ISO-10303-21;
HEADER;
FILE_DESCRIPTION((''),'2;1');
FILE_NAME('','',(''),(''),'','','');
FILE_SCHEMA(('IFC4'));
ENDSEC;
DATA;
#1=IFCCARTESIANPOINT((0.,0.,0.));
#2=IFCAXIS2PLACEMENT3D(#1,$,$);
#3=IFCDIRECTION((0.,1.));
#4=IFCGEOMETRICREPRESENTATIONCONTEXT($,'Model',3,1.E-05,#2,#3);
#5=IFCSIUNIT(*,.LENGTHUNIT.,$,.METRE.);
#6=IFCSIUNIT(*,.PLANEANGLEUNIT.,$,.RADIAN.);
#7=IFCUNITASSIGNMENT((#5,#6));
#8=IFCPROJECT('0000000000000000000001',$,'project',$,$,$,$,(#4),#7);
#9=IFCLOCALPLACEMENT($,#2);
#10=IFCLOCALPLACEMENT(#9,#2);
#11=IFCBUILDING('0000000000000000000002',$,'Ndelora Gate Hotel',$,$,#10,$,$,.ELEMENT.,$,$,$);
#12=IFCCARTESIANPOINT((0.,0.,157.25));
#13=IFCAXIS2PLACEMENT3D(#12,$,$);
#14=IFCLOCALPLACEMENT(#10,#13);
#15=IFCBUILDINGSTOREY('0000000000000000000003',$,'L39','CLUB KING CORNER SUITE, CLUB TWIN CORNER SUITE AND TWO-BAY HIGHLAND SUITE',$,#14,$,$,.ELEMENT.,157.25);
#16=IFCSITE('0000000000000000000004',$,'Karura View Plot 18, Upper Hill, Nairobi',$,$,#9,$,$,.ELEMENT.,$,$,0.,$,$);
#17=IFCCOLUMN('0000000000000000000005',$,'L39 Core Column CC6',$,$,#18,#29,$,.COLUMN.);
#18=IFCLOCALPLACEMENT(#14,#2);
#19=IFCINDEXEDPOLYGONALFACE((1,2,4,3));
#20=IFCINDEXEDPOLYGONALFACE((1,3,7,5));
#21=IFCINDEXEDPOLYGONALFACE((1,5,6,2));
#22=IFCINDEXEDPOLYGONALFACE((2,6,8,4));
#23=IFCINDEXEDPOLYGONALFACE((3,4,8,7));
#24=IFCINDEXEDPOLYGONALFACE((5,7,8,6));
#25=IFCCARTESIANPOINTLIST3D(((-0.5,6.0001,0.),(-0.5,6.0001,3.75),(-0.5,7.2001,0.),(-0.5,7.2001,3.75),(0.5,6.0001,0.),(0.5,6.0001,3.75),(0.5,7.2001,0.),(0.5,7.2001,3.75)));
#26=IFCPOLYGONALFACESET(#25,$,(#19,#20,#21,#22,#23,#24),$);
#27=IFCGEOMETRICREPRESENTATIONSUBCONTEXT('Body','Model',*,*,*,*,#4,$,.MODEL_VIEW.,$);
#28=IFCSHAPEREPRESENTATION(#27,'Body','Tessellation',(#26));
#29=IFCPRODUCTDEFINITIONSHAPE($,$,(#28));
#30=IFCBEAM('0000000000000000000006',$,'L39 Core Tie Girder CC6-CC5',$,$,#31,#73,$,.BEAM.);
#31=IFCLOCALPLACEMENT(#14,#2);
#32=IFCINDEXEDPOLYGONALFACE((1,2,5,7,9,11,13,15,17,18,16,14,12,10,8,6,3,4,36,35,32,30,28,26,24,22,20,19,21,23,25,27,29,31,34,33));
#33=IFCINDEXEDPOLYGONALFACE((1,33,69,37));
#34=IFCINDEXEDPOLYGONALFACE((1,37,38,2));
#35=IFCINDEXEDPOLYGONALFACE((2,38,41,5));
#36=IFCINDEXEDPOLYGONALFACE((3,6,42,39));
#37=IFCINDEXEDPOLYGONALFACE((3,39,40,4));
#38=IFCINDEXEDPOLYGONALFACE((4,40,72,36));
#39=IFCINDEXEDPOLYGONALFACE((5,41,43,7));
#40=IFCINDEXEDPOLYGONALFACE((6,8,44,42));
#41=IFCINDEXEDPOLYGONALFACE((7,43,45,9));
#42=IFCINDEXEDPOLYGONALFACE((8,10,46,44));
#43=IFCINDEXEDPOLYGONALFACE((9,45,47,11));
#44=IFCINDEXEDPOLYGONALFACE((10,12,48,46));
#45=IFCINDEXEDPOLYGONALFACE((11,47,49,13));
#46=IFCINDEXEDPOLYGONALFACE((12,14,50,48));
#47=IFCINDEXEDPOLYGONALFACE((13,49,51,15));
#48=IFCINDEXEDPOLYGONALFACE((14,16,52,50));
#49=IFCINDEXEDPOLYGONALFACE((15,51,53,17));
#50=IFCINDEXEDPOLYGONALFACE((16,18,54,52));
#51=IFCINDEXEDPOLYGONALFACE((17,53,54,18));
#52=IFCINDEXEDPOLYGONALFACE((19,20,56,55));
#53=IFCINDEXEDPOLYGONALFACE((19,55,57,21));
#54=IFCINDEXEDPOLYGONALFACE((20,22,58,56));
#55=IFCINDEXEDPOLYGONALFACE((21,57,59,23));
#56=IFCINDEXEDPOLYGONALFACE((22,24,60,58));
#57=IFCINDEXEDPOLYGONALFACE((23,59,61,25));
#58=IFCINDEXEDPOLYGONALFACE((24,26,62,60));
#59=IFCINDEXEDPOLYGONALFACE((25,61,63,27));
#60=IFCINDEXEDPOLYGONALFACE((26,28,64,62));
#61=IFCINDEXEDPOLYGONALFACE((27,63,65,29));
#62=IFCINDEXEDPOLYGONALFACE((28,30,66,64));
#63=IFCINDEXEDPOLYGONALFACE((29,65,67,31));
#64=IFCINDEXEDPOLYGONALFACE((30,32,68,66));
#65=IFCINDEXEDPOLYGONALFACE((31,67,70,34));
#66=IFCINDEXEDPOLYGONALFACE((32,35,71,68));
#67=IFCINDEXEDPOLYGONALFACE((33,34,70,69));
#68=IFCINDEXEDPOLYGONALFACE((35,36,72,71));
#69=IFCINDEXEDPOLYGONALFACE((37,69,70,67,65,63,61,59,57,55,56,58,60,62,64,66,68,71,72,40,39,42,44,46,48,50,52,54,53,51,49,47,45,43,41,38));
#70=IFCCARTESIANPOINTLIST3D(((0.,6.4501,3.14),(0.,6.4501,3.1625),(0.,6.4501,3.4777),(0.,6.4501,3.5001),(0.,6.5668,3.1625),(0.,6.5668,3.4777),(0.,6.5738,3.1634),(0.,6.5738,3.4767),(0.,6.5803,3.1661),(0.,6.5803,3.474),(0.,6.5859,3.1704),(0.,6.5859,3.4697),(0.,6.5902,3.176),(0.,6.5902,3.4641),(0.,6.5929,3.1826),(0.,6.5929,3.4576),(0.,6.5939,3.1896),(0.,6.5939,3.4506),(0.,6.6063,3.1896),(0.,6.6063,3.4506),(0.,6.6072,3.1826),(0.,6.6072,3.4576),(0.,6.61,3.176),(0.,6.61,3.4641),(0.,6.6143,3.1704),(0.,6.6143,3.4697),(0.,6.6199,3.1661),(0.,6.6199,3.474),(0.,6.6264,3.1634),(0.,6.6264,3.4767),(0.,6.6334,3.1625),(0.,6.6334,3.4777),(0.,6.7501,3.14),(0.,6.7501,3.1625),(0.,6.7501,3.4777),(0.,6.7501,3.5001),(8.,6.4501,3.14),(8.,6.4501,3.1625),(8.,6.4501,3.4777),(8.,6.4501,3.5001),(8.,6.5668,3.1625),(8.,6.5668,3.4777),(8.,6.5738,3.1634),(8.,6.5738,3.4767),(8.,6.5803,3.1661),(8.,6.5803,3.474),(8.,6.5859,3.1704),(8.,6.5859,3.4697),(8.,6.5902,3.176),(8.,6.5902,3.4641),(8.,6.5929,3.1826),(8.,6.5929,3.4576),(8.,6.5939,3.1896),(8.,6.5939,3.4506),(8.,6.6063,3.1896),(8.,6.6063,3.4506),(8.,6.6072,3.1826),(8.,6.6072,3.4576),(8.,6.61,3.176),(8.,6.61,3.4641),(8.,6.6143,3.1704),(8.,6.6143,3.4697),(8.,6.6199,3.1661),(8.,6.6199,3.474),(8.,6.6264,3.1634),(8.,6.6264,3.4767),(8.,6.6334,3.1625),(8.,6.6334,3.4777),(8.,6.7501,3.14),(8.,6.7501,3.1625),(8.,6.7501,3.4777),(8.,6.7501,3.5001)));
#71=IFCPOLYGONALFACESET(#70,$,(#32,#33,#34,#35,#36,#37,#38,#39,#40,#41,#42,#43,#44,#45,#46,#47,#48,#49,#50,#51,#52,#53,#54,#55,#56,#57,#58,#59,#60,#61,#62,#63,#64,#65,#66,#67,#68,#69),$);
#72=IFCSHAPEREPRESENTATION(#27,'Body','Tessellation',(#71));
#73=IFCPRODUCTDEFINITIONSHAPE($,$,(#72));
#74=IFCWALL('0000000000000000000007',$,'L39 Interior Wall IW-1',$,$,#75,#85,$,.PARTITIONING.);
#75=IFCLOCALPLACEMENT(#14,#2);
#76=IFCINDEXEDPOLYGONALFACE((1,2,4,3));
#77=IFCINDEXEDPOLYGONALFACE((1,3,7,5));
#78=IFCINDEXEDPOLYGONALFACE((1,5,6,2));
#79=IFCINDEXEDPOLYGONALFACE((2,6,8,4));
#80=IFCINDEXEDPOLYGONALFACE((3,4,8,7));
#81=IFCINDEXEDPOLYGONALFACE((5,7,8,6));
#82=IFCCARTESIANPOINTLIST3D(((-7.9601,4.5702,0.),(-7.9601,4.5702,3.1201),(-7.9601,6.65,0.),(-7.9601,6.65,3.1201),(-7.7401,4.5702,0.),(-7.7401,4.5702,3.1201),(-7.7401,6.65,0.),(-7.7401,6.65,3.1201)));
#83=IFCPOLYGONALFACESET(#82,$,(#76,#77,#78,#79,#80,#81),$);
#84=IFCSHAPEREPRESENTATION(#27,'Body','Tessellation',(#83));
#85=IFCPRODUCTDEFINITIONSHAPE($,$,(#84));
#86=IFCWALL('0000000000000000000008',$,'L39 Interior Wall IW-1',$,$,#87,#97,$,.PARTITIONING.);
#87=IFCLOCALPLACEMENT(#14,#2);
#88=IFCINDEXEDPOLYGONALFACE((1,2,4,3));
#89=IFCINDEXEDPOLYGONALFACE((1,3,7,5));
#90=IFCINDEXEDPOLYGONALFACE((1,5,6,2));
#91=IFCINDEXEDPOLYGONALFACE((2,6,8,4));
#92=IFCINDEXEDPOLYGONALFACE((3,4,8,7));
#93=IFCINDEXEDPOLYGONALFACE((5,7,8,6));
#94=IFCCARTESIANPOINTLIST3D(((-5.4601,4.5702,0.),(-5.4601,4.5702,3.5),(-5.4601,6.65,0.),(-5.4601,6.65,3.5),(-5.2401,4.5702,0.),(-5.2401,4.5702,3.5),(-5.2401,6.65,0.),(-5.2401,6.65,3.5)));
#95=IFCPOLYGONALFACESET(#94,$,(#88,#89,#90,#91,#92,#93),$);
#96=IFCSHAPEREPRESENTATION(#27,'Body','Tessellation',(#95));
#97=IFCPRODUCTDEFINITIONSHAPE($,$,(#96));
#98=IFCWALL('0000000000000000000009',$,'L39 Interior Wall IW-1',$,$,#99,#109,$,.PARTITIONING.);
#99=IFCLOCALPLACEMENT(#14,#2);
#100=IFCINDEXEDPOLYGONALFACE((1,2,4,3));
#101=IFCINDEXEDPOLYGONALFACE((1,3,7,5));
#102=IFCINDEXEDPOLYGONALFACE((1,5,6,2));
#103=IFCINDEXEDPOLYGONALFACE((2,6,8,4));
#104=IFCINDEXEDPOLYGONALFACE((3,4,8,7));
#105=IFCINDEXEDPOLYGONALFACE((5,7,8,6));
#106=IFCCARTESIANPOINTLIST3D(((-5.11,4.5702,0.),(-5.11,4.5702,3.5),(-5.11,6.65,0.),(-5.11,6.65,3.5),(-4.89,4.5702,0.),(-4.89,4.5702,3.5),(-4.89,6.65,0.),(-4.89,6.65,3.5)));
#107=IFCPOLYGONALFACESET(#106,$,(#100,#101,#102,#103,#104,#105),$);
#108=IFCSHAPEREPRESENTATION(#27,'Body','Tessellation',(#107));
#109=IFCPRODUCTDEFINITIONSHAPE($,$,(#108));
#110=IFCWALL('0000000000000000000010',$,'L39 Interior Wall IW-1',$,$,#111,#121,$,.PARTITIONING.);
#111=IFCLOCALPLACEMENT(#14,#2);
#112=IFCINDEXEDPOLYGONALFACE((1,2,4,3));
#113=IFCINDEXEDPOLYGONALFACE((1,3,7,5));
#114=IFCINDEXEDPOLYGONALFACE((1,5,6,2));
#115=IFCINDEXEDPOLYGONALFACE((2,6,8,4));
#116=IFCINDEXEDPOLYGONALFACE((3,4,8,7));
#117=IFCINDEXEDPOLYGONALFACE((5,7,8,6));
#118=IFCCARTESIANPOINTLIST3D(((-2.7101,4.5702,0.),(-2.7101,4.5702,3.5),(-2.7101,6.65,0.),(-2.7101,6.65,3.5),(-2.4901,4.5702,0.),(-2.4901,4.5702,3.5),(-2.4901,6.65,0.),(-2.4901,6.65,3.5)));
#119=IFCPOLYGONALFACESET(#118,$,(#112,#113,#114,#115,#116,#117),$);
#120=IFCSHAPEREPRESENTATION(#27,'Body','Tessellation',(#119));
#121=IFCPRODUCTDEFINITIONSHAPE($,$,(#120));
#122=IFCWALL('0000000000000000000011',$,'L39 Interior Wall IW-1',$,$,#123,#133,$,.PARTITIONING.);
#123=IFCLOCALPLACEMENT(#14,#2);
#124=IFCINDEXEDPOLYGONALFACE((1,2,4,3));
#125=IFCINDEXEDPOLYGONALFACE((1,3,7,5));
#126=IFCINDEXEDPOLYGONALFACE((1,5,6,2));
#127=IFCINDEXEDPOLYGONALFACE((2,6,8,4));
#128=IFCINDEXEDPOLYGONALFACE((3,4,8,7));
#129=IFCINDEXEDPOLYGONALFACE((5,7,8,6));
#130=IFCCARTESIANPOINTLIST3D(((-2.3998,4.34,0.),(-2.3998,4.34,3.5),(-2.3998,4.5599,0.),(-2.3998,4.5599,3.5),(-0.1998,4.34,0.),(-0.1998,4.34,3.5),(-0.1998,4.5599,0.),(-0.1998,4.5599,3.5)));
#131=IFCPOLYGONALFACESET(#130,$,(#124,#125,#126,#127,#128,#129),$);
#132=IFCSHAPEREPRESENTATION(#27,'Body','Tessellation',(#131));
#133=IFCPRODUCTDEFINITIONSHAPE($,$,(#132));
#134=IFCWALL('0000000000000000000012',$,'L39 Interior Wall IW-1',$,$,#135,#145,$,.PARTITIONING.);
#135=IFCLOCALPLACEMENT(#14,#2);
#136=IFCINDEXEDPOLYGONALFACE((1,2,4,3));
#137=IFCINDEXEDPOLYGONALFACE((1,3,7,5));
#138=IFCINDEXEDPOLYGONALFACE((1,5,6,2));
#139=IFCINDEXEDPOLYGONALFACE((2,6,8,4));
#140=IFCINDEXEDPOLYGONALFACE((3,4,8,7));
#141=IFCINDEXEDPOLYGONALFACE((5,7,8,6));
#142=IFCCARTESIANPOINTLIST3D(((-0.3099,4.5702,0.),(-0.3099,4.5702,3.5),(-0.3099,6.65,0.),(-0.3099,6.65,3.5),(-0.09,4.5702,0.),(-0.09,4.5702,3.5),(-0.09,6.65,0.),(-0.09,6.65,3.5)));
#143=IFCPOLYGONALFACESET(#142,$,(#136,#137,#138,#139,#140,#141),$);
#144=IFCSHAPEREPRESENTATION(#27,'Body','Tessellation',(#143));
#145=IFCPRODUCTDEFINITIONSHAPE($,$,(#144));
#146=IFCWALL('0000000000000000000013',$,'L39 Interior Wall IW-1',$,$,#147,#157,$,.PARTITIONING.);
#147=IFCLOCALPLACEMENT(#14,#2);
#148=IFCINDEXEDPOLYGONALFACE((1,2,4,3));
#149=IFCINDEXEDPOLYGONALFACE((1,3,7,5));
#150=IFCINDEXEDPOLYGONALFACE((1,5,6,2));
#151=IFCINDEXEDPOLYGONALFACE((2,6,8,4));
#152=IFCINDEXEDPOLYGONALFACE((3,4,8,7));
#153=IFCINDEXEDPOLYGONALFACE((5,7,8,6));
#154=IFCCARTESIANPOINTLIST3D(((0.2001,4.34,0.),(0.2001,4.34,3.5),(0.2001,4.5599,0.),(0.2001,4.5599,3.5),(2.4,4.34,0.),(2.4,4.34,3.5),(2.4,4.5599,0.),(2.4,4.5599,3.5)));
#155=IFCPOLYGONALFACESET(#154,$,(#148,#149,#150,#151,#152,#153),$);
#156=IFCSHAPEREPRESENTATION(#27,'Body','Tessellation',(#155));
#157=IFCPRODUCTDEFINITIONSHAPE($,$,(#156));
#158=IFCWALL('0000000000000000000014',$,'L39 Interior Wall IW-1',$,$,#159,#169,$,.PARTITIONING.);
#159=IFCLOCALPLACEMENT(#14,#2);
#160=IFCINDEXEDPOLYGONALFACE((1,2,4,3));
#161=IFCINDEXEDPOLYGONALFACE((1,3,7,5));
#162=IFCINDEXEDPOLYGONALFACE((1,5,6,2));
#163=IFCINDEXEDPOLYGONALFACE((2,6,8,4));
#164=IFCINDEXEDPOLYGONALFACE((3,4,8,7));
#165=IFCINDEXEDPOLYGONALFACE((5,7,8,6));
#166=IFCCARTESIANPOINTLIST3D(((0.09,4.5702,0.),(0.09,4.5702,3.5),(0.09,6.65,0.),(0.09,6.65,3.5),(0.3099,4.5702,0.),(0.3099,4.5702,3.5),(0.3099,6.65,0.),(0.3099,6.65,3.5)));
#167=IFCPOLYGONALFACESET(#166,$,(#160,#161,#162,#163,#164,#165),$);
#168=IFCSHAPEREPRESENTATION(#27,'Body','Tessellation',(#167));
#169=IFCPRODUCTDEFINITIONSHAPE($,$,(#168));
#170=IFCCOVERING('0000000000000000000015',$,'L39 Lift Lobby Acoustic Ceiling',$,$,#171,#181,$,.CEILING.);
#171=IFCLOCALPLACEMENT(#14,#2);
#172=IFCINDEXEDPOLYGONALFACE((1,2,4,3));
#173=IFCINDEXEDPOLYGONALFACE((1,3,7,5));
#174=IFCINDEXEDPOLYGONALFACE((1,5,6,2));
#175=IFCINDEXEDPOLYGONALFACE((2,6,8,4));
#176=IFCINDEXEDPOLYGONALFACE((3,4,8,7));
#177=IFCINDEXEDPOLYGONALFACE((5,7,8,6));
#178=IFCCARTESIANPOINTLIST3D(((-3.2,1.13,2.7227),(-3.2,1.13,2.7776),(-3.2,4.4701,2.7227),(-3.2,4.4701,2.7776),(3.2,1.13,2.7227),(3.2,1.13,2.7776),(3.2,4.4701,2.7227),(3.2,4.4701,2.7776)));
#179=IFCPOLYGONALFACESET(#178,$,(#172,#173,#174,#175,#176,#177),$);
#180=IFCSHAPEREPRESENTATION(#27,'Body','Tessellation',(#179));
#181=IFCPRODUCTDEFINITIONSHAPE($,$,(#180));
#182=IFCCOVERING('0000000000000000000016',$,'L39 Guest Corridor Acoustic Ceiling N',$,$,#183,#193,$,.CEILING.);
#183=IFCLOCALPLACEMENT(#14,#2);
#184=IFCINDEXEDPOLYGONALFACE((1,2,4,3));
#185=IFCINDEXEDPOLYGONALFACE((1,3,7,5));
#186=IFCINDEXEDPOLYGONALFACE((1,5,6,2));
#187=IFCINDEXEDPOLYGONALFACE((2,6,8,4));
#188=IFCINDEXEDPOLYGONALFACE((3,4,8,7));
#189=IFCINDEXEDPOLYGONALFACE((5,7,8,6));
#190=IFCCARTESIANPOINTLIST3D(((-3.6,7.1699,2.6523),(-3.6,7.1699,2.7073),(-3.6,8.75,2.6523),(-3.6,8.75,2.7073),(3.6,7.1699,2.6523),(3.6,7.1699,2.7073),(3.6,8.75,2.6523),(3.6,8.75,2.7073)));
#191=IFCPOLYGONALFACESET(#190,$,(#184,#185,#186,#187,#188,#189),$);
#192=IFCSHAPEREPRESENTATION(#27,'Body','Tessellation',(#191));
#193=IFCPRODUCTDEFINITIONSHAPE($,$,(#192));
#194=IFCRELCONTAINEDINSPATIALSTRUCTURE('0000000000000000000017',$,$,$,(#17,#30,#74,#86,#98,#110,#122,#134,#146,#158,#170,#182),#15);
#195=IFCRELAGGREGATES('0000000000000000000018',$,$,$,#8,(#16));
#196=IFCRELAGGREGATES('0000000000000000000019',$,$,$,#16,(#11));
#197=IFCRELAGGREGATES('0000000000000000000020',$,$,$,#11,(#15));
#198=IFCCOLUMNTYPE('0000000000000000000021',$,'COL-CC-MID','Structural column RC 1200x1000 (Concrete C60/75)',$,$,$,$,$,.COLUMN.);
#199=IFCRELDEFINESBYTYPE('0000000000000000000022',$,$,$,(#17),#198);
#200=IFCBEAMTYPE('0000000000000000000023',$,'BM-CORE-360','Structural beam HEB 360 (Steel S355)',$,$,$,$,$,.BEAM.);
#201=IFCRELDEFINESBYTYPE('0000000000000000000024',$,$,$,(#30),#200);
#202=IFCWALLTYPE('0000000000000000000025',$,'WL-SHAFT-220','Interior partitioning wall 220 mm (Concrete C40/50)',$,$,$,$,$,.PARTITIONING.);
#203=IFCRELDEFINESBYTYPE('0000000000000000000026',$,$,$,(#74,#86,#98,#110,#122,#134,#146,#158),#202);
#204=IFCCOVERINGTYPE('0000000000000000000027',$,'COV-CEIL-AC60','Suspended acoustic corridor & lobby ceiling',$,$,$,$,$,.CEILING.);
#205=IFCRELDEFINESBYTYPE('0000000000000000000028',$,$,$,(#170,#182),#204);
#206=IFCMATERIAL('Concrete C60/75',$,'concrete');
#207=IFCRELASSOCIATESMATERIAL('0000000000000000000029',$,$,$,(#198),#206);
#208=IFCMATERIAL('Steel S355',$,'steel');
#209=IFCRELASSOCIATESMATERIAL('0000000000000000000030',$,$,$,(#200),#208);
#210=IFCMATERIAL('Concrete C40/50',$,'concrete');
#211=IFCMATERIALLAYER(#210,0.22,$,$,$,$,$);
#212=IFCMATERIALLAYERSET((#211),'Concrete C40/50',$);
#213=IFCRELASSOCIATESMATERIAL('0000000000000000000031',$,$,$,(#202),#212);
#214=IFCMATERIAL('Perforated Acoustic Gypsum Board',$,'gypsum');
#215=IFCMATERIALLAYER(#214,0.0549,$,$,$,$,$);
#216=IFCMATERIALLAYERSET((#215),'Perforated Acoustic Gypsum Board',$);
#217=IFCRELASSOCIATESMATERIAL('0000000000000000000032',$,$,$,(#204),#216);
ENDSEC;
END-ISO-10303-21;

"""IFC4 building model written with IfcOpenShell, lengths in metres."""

from ifc_helpers import new_model, si_unit, direction, frame, frame_2d, origin, origin_2d, place, context, subcontext, project, spatial, rectangle, i_section, extrude, material, layer, layer_set, material_profile, profile_set, type_object, element, save


model = new_model("IFC4")

# Units and contexts
model_context = context("Model", 3, precision=1e-05, world=origin(), true_north=direction((0.0, 1.0)))
body_context = subcontext(model_context, "Body", "Model", "MODEL_VIEW")
ifc_project = project(units=[si_unit("LENGTHUNIT", "METRE"), si_unit("PLANEANGLEUNIT", "RADIAN")], contexts=[model_context])

# Site, building, storey
site_placement = place(None, origin())
site = spatial("IfcSite", under=ifc_project, at=site_placement, Name="Karura View Plot 18, Upper Hill, Nairobi", CompositionType="ELEMENT", RefElevation=0.0)
building_placement = place(site_placement, origin())
building = spatial("IfcBuilding", under=site, at=building_placement, Name="Ndelora Gate Hotel", CompositionType="ELEMENT")
storey_placement = place(building_placement, frame((0.0, 0.0, 157.25)))
storey = spatial("IfcBuildingStorey", under=building, at=storey_placement, Name="L39", Description="CLUB KING CORNER SUITE, CLUB TWIN CORNER SUITE AND TWO-BAY HIGHLAND SUITE", CompositionType="ELEMENT", Elevation=157.25)

# Column
ifc_material_1 = material(Name="Concrete C60/75", Category="concrete")
ifc_material_profile_1 = material_profile(ifc_material_1, rectangle(XDim=1.0, YDim=1.2, at=origin_2d()), Name="RC 1200x1000")
ifc_profile_set_1 = profile_set([ifc_material_profile_1], Name="Concrete C60/75")
column_type = type_object("IfcColumnType", Name="COL-CC-MID", Description="Structural column RC 1200x1000 (Concrete C60/75)", PredefinedType="COLUMN", material=ifc_profile_set_1)
column_placement = place(storey_placement, frame((0.0, 6.6001, 0.0), z_axis=(0.0, 0.0, 1.0), x_axis=(1.0, 0.0, 0.0)))
element("IfcColumn", 1, at=column_placement, inside=storey, type_object=column_type, Name="L39 Core Column CC6", PredefinedType="COLUMN", context=body_context, shape_type="SweptSolid", body=[
    extrude(rectangle(XDim=1.0, YDim=1.2, at=origin_2d()), origin(), (0.0, 0.0, 1.0), 3.75),
])

# Beam
ifc_material_2 = material(Name="Steel S355", Category="steel")
ifc_material_profile_2 = material_profile(ifc_material_2, i_section(OverallWidth=0.3, OverallDepth=0.3601, WebThickness=0.0125, FlangeThickness=0.0225, FilletRadius=0.0271, at=origin_2d()), Name="HEB 360")
ifc_profile_set_2 = profile_set([ifc_material_profile_2], Name="Steel S355")
beam_type = type_object("IfcBeamType", Name="BM-CORE-360", Description="Structural beam HEB 360 (Steel S355)", PredefinedType="BEAM", material=ifc_profile_set_2)
beam_placement = place(storey_placement, frame((0.0, 6.6001, 3.3201), z_axis=(1.0, 0.0, 0.0), x_axis=(0.0, 1.0, 0.0)))
element("IfcBeam", 2, at=beam_placement, inside=storey, type_object=beam_type, Name="L39 Core Tie Girder CC6-CC5", PredefinedType="BEAM", context=body_context, shape_type="SweptSolid", body=[
    extrude(i_section(OverallWidth=0.3, OverallDepth=0.3601, WebThickness=0.0125, FlangeThickness=0.0225, FilletRadius=0.0271, at=origin_2d()), origin(), (0.0, 0.0, 1.0), 8.0),
])

# Shared definitions
ifc_material_3 = material(Name="Concrete C40/50", Category="concrete")
ifc_layer_1 = layer(ifc_material_3, 0.22)
ifc_layer_set_1 = layer_set([ifc_layer_1], Name="Concrete C40/50")
wall_type_1 = type_object("IfcWallType", Name="WL-SHAFT-220", Description="Interior partitioning wall 220 mm (Concrete C40/50)", PredefinedType="PARTITIONING", material=ifc_layer_set_1)

# Walls
wall_1_placement = place(storey_placement, frame((-7.8501, 4.5701, 0.0), z_axis=(0.0, 0.0, 1.0), x_axis=(0.0, 1.0, 0.0)))
element("IfcWall", 3, at=wall_1_placement, inside=storey, type_object=wall_type_1, Name="L39 Interior Wall IW-1", PredefinedType="PARTITIONING", context=body_context, shape_type="SweptSolid", body=[
    extrude(rectangle(XDim=2.0798, YDim=0.22, at=frame_2d((1.04, 0.0))), origin(), (0.0, 0.0, 1.0), 3.1201),
])
wall_2_placement = place(storey_placement, frame((-5.3501, 4.5701, 0.0), z_axis=(0.0, 0.0, 1.0), x_axis=(0.0, 1.0, 0.0)))
element("IfcWall", 4, at=wall_2_placement, inside=storey, type_object=wall_type_1, Name="L39 Interior Wall IW-1", PredefinedType="PARTITIONING", context=body_context, shape_type="SweptSolid", body=[
    extrude(rectangle(XDim=2.0798, YDim=0.22, at=frame_2d((1.04, 0.0))), origin(), (0.0, 0.0, 1.0), 3.5),
])

# Walls
for number, where, z_axis, x_axis, name in (
    (5, (-5.0, 4.5701, 0.0), (0.0, 0.0, 1.0), (0.0, 1.0, 0.0), "L39 Interior Wall IW-1"),
    (6, (-2.6001, 4.5701, 0.0), (0.0, 0.0, 1.0), (0.0, 1.0, 0.0), "L39 Interior Wall IW-1"),
):
    element("IfcWall", number, at=place(storey_placement, frame(where, z_axis=z_axis, x_axis=x_axis)), inside=storey, type_object=wall_type_1, Name=name, PredefinedType="PARTITIONING", context=body_context, shape_type="SweptSolid", body=[
        extrude(rectangle(XDim=2.0798, YDim=0.22, at=frame_2d((1.04, 0.0))), origin(), (0.0, 0.0, 1.0), 3.5),
    ])
wall_3_placement = place(storey_placement, frame((-2.3999, 4.45, 0.0), z_axis=(0.0, 0.0, 1.0), x_axis=(1.0, 0.0, 0.0)))
element("IfcWall", 7, at=wall_3_placement, inside=storey, type_object=wall_type_1, Name="L39 Interior Wall IW-1", PredefinedType="PARTITIONING", context=body_context, shape_type="SweptSolid", body=[
    extrude(rectangle(XDim=2.2, YDim=0.22, at=frame_2d((1.1001, 0.0))), origin(), (0.0, 0.0, 1.0), 3.5),
])
wall_4_placement = place(storey_placement, frame((-0.2, 4.5701, 0.0), z_axis=(0.0, 0.0, 1.0), x_axis=(0.0, 1.0, 0.0)))
element("IfcWall", 8, at=wall_4_placement, inside=storey, type_object=wall_type_1, Name="L39 Interior Wall IW-1", PredefinedType="PARTITIONING", context=body_context, shape_type="SweptSolid", body=[
    extrude(rectangle(XDim=2.0798, YDim=0.22, at=frame_2d((1.04, 0.0))), origin(), (0.0, 0.0, 1.0), 3.5),
])
wall_5_placement = place(storey_placement, frame((0.2, 4.45, 0.0), z_axis=(0.0, 0.0, 1.0), x_axis=(1.0, 0.0, 0.0)))
element("IfcWall", 9, at=wall_5_placement, inside=storey, type_object=wall_type_1, Name="L39 Interior Wall IW-1", PredefinedType="PARTITIONING", context=body_context, shape_type="SweptSolid", body=[
    extrude(rectangle(XDim=2.2, YDim=0.22, at=frame_2d((1.1001, 0.0))), origin(), (0.0, 0.0, 1.0), 3.5),
])
wall_6_placement = place(storey_placement, frame((0.2, 4.5701, 0.0), z_axis=(0.0, 0.0, 1.0), x_axis=(0.0, 1.0, 0.0)))
element("IfcWall", 10, at=wall_6_placement, inside=storey, type_object=wall_type_1, Name="L39 Interior Wall IW-1", PredefinedType="PARTITIONING", context=body_context, shape_type="SweptSolid", body=[
    extrude(rectangle(XDim=2.0798, YDim=0.22, at=frame_2d((1.04, 0.0))), origin(), (0.0, 0.0, 1.0), 3.5),
])

# Coverings
ifc_material_4 = material(Name="Perforated Acoustic Gypsum Board", Category="gypsum")
ifc_layer_2 = layer(ifc_material_4, 0.0549)
ifc_layer_set_2 = layer_set([ifc_layer_2], Name="Perforated Acoustic Gypsum Board")
covering_type_1 = type_object("IfcCoveringType", Name="COV-CEIL-AC60", Description="Suspended acoustic corridor & lobby ceiling", PredefinedType="CEILING", material=ifc_layer_set_2)
covering_1_placement = place(storey_placement, frame((0.0, 2.8, 2.7227), z_axis=(0.0, 0.0, 1.0), x_axis=(1.0, 0.0, 0.0)))
element("IfcCovering", 11, at=covering_1_placement, inside=storey, type_object=covering_type_1, Name="L39 Lift Lobby Acoustic Ceiling", PredefinedType="CEILING", context=body_context, shape_type="SweptSolid", body=[
    extrude(rectangle(XDim=6.3999, YDim=3.3401, at=origin_2d()), origin(), (0.0, 0.0, 1.0), 0.0549),
])
covering_2_placement = place(storey_placement, frame((0.0, 7.96, 2.6523), z_axis=(0.0, 0.0, 1.0), x_axis=(1.0, 0.0, 0.0)))
element("IfcCovering", 12, at=covering_2_placement, inside=storey, type_object=covering_type_1, Name="L39 Guest Corridor Acoustic Ceiling N", PredefinedType="CEILING", context=body_context, shape_type="SweptSolid", body=[
    extrude(rectangle(XDim=7.2, YDim=1.5801, at=origin_2d()), origin(), (0.0, 0.0, 1.0), 0.0549),
])

save(model, "model.ifc")
